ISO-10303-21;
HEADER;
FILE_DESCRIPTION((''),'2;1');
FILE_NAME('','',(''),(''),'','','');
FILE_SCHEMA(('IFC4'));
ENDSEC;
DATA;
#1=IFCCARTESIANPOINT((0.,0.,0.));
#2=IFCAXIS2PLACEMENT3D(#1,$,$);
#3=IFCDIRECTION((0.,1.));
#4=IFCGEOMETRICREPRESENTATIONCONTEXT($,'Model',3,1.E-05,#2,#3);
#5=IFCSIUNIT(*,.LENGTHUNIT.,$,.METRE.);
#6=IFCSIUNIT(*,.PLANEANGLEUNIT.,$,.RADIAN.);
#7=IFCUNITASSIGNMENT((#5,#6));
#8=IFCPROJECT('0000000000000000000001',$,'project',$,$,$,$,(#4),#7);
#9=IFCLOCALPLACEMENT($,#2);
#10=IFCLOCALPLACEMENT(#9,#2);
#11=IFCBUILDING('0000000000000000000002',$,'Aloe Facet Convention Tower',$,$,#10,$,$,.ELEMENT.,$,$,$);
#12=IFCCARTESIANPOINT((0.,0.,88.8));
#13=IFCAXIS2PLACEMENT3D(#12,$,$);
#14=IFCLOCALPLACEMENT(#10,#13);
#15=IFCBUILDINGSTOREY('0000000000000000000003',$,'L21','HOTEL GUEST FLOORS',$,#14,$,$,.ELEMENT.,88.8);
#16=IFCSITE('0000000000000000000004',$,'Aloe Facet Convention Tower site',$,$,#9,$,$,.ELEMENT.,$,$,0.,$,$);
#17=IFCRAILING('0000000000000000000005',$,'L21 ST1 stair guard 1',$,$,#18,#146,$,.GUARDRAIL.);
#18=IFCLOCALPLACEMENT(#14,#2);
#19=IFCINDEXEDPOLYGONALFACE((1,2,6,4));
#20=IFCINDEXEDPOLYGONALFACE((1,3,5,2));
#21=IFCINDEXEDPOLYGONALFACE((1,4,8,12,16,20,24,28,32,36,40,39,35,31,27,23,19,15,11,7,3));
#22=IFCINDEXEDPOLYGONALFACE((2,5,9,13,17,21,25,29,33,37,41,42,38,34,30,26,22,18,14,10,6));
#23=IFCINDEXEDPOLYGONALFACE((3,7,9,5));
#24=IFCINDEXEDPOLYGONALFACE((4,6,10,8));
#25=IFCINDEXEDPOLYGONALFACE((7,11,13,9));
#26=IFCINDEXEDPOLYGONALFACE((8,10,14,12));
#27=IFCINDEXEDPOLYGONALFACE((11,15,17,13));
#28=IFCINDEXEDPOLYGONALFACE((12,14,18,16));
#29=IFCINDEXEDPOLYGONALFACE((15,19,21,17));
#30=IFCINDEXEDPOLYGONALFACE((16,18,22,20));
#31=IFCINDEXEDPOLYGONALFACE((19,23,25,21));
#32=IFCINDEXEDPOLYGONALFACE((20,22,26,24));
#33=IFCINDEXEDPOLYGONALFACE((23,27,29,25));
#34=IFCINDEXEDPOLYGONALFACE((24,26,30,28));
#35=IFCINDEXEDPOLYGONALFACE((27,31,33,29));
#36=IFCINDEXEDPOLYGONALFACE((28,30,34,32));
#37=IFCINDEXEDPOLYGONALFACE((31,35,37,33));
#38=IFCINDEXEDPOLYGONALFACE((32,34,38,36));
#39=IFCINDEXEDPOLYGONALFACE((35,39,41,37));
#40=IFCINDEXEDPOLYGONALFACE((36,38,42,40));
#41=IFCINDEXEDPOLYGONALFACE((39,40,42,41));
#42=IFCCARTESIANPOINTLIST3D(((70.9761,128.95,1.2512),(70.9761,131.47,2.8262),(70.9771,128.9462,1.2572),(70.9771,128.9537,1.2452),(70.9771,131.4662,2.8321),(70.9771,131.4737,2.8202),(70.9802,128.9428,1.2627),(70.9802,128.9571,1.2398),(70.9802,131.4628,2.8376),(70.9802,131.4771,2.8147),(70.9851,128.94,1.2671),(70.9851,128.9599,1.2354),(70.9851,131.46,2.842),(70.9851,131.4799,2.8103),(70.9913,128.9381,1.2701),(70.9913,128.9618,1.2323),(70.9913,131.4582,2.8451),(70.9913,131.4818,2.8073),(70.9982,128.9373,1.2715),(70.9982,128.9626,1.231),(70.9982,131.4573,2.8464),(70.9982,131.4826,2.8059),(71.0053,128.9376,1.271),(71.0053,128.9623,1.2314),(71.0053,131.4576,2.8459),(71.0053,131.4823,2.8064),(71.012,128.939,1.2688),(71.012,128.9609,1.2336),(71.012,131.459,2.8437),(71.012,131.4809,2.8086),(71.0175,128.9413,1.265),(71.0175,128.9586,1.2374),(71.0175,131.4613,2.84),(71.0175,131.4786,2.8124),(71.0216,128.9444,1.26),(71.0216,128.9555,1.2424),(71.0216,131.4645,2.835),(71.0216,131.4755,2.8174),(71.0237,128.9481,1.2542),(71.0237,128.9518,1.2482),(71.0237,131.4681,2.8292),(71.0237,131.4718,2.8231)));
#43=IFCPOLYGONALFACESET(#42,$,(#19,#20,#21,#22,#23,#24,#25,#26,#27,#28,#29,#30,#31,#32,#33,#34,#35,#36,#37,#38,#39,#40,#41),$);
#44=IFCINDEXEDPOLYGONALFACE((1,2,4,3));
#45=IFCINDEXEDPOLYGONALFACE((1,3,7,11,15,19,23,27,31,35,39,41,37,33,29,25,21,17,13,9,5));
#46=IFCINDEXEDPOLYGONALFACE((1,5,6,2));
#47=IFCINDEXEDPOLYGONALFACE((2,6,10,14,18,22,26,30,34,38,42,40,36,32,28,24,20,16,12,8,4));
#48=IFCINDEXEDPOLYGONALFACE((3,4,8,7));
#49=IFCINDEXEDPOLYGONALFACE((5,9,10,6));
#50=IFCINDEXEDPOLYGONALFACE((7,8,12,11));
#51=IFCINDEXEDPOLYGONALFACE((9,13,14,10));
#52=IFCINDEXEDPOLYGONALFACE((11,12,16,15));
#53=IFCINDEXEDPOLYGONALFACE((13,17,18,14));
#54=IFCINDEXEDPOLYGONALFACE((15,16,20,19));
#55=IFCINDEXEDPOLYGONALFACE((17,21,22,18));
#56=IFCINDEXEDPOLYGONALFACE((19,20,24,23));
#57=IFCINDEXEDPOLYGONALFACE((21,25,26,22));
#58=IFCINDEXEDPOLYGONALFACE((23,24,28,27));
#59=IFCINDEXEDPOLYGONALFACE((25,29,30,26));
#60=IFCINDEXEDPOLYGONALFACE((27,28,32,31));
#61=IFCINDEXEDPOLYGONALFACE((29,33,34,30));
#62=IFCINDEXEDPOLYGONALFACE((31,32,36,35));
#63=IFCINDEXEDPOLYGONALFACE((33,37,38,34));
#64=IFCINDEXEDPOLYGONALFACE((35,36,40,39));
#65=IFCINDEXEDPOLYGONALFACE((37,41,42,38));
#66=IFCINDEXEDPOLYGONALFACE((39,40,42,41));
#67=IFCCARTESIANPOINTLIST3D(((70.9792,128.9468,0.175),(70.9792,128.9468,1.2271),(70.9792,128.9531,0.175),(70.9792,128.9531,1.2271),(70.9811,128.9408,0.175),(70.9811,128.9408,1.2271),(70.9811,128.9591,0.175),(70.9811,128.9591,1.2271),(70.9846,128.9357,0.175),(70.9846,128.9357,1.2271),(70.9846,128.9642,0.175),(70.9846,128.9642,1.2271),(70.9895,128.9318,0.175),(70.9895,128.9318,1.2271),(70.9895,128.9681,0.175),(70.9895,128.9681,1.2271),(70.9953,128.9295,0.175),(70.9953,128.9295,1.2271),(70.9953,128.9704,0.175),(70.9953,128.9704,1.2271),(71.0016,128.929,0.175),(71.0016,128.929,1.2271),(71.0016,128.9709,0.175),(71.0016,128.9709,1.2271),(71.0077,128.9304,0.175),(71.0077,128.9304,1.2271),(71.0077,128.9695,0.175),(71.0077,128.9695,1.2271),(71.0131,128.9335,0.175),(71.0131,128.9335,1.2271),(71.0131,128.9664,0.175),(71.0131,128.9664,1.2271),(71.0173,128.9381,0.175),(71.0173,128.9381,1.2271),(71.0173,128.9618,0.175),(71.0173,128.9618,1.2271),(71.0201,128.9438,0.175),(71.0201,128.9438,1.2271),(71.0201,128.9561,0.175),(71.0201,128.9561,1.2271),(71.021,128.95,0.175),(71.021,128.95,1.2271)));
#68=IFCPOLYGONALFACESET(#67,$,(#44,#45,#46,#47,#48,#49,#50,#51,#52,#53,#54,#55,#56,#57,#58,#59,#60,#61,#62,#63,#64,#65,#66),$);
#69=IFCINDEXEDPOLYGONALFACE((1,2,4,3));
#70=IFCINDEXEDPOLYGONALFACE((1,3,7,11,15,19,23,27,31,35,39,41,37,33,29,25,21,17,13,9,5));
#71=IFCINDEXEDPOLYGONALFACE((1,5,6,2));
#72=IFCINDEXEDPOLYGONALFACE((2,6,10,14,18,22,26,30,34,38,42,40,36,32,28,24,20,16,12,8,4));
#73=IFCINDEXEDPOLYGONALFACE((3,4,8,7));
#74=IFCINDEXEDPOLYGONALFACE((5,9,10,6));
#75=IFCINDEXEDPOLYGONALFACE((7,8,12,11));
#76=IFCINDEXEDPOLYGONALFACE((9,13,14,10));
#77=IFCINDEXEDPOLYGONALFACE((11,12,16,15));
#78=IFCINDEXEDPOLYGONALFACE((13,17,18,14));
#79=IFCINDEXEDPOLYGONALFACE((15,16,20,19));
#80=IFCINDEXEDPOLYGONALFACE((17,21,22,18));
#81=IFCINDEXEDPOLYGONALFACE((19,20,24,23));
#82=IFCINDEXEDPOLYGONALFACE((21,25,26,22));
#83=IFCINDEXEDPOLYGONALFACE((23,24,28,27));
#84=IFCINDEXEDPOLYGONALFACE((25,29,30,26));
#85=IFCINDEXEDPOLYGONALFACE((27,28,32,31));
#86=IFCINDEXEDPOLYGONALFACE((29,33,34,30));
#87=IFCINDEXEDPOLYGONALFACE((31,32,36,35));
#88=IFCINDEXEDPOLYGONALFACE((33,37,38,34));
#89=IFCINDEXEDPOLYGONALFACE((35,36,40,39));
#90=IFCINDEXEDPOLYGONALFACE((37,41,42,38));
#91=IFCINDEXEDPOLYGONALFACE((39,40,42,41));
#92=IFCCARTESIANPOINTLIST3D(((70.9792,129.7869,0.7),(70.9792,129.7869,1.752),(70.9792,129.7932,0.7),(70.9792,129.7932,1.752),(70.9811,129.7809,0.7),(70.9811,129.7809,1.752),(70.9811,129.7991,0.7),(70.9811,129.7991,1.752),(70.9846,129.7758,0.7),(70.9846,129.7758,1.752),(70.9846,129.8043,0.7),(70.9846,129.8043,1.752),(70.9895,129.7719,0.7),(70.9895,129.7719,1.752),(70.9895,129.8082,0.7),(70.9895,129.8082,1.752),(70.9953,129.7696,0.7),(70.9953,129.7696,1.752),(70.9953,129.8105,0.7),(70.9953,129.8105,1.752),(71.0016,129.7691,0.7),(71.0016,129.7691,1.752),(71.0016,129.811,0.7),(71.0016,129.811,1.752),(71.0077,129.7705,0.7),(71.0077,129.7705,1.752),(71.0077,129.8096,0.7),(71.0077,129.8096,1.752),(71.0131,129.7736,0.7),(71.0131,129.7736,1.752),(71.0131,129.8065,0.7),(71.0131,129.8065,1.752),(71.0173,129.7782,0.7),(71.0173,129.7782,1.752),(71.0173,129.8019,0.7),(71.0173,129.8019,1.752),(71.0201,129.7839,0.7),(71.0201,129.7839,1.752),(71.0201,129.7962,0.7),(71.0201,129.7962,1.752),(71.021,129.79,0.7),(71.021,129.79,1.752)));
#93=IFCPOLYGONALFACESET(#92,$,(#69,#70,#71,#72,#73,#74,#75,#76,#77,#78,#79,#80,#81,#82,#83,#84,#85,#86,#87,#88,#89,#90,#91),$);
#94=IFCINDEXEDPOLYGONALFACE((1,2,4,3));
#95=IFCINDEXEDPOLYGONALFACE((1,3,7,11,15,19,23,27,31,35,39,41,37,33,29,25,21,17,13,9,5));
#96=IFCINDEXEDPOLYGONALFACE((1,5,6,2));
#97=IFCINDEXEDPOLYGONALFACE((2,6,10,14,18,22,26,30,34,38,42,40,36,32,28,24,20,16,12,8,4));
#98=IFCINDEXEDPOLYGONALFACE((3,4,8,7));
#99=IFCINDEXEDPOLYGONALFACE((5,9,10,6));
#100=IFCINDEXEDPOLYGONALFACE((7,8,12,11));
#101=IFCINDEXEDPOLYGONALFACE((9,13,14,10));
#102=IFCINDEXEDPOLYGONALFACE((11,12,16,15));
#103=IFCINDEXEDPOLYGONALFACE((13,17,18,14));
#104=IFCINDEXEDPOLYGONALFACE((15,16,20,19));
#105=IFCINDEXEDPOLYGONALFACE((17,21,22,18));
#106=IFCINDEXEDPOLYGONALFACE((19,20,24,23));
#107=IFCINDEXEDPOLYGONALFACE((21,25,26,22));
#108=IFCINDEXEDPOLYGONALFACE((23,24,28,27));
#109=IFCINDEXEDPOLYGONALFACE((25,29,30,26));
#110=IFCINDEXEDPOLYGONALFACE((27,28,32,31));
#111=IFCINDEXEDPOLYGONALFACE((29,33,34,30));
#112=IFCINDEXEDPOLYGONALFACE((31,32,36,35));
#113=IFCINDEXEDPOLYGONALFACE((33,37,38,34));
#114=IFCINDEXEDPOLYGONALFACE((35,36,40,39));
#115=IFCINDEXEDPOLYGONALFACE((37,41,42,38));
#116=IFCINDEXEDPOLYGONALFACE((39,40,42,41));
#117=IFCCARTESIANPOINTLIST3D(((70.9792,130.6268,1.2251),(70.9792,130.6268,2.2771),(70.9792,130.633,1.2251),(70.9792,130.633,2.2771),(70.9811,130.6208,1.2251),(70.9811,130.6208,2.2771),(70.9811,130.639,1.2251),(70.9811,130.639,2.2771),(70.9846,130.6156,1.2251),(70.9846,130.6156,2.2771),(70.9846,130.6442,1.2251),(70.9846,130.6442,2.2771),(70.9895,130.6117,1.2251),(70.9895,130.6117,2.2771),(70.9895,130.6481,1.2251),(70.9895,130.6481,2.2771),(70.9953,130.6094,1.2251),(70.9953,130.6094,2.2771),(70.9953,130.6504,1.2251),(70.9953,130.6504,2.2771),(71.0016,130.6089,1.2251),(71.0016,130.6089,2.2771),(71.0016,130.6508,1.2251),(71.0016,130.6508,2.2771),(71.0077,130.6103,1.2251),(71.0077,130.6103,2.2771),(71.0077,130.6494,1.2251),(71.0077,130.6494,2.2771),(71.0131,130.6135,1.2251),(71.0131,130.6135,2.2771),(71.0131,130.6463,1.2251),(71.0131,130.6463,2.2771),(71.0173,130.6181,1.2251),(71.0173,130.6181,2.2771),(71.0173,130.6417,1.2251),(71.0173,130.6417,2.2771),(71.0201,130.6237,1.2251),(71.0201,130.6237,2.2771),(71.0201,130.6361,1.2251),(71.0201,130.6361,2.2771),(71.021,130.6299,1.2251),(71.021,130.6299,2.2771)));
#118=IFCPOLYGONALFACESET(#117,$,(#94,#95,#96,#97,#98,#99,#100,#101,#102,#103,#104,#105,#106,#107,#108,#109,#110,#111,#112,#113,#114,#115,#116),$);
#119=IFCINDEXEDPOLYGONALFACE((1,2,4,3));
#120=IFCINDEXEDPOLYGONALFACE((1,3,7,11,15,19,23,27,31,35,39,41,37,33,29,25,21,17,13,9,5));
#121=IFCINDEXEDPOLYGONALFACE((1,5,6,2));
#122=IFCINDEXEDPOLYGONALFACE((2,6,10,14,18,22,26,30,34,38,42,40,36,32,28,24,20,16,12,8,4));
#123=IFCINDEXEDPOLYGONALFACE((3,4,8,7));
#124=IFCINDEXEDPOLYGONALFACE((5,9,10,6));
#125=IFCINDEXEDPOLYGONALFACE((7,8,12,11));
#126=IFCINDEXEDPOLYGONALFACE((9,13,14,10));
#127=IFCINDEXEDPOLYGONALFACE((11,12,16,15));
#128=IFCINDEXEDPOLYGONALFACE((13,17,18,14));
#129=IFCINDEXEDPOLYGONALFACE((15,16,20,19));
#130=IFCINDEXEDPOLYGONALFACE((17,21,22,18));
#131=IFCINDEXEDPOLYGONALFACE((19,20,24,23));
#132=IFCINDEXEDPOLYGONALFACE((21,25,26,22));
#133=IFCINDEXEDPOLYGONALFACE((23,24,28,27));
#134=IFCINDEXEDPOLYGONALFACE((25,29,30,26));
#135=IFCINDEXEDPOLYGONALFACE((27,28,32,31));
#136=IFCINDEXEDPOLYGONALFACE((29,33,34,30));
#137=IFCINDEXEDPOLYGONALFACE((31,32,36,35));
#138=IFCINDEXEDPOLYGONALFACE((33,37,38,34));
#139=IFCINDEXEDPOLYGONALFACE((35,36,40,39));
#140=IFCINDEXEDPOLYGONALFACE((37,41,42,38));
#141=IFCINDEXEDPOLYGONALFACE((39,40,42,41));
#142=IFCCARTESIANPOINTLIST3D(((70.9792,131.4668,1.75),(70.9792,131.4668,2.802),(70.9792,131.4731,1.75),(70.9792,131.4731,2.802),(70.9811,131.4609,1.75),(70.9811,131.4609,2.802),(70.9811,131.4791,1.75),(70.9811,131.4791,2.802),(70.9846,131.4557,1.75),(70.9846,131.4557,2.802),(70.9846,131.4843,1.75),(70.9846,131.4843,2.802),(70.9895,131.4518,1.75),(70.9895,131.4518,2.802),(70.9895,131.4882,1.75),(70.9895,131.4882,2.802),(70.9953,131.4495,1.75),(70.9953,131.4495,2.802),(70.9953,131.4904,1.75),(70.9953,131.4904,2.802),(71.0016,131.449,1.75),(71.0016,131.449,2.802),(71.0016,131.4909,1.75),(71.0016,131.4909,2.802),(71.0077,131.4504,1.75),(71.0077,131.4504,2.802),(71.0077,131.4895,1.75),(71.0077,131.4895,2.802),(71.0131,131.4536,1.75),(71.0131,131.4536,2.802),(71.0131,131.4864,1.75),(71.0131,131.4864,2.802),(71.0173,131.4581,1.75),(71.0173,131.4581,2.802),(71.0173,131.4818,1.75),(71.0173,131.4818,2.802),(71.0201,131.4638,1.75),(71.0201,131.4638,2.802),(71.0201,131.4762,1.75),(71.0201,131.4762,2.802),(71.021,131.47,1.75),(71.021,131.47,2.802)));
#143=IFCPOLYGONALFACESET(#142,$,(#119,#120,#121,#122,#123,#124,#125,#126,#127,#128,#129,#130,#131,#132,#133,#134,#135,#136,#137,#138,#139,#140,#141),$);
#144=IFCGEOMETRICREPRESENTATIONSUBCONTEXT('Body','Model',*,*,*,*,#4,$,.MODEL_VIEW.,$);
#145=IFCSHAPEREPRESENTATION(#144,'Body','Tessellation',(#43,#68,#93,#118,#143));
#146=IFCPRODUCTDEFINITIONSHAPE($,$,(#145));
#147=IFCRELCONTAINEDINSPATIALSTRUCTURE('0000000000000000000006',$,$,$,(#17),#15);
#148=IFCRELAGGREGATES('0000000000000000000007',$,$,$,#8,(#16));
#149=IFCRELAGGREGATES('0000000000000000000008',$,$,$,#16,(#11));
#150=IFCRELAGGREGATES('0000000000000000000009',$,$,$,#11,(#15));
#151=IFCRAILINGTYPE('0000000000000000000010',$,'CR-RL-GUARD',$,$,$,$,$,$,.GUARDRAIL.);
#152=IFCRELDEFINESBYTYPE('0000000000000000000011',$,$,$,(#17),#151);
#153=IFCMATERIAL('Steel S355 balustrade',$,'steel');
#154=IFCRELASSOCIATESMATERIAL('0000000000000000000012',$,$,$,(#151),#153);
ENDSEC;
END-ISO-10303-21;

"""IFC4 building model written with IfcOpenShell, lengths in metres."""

from ifc_helpers import new_model, si_unit, direction, frame, origin, origin_2d, place, context, subcontext, project, spatial, circle, extrude, material, type_object, element, save


model = new_model("IFC4")

# Units and contexts
model_context = context("Model", 3, precision=1e-05, world=origin(), true_north=direction((0.0, 1.0)))
body_context = subcontext(model_context, "Body", "Model", "MODEL_VIEW")
ifc_project = project(units=[si_unit("LENGTHUNIT", "METRE"), si_unit("PLANEANGLEUNIT", "RADIAN")], contexts=[model_context])

# Site, building, storey
site_placement = place(None, origin())
site = spatial("IfcSite", under=ifc_project, at=site_placement, Name="Aloe Facet Convention Tower site", CompositionType="ELEMENT", RefElevation=0.0)
building_placement = place(site_placement, origin())
building = spatial("IfcBuilding", under=site, at=building_placement, Name="Aloe Facet Convention Tower", CompositionType="ELEMENT")
storey_placement = place(building_placement, frame((0.0, 0.0, 88.8)))
storey = spatial("IfcBuildingStorey", under=building, at=storey_placement, Name="L21", Description="HOTEL GUEST FLOORS", CompositionType="ELEMENT", Elevation=88.8)

# Railing
ifc_material_1 = material(Name="Steel S355 balustrade", Category="steel")
railing_type_1 = type_object("IfcRailingType", Name="CR-RL-GUARD", PredefinedType="GUARDRAIL", material=ifc_material_1)
railing_1_placement = place(storey_placement, frame((71.0, 128.95, 0.175)))
element("IfcRailing", 1, at=railing_1_placement, inside=storey, type_object=railing_type_1, Name="L21 ST1 stair guard 1", PredefinedType="GUARDRAIL", context=body_context, shape_type="SweptSolid", body=[
    extrude(circle(Radius=0.0239, at=origin_2d()), frame((0.0, 0.0, 1.0762), z_axis=(0.0, 0.848008, 0.529984), x_axis=(-1.0, 0.0, 0.0)), (0.0, 0.0, 1.0), 2.9717),
    extrude(circle(Radius=0.021, at=origin_2d()), origin(), (0.0, 0.0, 1.0), 1.052),
    extrude(circle(Radius=0.021, at=origin_2d()), frame((0.0, 0.8401, 0.5249)), (0.0, 0.0, 1.0), 1.052),
    extrude(circle(Radius=0.021, at=origin_2d()), frame((0.0, 1.6799, 1.05)), (0.0, 0.0, 1.0), 1.052),
    extrude(circle(Radius=0.021, at=origin_2d()), frame((0.0, 2.52, 1.575)), (0.0, 0.0, 1.0), 1.052),
])

save(model, "model.ifc")
